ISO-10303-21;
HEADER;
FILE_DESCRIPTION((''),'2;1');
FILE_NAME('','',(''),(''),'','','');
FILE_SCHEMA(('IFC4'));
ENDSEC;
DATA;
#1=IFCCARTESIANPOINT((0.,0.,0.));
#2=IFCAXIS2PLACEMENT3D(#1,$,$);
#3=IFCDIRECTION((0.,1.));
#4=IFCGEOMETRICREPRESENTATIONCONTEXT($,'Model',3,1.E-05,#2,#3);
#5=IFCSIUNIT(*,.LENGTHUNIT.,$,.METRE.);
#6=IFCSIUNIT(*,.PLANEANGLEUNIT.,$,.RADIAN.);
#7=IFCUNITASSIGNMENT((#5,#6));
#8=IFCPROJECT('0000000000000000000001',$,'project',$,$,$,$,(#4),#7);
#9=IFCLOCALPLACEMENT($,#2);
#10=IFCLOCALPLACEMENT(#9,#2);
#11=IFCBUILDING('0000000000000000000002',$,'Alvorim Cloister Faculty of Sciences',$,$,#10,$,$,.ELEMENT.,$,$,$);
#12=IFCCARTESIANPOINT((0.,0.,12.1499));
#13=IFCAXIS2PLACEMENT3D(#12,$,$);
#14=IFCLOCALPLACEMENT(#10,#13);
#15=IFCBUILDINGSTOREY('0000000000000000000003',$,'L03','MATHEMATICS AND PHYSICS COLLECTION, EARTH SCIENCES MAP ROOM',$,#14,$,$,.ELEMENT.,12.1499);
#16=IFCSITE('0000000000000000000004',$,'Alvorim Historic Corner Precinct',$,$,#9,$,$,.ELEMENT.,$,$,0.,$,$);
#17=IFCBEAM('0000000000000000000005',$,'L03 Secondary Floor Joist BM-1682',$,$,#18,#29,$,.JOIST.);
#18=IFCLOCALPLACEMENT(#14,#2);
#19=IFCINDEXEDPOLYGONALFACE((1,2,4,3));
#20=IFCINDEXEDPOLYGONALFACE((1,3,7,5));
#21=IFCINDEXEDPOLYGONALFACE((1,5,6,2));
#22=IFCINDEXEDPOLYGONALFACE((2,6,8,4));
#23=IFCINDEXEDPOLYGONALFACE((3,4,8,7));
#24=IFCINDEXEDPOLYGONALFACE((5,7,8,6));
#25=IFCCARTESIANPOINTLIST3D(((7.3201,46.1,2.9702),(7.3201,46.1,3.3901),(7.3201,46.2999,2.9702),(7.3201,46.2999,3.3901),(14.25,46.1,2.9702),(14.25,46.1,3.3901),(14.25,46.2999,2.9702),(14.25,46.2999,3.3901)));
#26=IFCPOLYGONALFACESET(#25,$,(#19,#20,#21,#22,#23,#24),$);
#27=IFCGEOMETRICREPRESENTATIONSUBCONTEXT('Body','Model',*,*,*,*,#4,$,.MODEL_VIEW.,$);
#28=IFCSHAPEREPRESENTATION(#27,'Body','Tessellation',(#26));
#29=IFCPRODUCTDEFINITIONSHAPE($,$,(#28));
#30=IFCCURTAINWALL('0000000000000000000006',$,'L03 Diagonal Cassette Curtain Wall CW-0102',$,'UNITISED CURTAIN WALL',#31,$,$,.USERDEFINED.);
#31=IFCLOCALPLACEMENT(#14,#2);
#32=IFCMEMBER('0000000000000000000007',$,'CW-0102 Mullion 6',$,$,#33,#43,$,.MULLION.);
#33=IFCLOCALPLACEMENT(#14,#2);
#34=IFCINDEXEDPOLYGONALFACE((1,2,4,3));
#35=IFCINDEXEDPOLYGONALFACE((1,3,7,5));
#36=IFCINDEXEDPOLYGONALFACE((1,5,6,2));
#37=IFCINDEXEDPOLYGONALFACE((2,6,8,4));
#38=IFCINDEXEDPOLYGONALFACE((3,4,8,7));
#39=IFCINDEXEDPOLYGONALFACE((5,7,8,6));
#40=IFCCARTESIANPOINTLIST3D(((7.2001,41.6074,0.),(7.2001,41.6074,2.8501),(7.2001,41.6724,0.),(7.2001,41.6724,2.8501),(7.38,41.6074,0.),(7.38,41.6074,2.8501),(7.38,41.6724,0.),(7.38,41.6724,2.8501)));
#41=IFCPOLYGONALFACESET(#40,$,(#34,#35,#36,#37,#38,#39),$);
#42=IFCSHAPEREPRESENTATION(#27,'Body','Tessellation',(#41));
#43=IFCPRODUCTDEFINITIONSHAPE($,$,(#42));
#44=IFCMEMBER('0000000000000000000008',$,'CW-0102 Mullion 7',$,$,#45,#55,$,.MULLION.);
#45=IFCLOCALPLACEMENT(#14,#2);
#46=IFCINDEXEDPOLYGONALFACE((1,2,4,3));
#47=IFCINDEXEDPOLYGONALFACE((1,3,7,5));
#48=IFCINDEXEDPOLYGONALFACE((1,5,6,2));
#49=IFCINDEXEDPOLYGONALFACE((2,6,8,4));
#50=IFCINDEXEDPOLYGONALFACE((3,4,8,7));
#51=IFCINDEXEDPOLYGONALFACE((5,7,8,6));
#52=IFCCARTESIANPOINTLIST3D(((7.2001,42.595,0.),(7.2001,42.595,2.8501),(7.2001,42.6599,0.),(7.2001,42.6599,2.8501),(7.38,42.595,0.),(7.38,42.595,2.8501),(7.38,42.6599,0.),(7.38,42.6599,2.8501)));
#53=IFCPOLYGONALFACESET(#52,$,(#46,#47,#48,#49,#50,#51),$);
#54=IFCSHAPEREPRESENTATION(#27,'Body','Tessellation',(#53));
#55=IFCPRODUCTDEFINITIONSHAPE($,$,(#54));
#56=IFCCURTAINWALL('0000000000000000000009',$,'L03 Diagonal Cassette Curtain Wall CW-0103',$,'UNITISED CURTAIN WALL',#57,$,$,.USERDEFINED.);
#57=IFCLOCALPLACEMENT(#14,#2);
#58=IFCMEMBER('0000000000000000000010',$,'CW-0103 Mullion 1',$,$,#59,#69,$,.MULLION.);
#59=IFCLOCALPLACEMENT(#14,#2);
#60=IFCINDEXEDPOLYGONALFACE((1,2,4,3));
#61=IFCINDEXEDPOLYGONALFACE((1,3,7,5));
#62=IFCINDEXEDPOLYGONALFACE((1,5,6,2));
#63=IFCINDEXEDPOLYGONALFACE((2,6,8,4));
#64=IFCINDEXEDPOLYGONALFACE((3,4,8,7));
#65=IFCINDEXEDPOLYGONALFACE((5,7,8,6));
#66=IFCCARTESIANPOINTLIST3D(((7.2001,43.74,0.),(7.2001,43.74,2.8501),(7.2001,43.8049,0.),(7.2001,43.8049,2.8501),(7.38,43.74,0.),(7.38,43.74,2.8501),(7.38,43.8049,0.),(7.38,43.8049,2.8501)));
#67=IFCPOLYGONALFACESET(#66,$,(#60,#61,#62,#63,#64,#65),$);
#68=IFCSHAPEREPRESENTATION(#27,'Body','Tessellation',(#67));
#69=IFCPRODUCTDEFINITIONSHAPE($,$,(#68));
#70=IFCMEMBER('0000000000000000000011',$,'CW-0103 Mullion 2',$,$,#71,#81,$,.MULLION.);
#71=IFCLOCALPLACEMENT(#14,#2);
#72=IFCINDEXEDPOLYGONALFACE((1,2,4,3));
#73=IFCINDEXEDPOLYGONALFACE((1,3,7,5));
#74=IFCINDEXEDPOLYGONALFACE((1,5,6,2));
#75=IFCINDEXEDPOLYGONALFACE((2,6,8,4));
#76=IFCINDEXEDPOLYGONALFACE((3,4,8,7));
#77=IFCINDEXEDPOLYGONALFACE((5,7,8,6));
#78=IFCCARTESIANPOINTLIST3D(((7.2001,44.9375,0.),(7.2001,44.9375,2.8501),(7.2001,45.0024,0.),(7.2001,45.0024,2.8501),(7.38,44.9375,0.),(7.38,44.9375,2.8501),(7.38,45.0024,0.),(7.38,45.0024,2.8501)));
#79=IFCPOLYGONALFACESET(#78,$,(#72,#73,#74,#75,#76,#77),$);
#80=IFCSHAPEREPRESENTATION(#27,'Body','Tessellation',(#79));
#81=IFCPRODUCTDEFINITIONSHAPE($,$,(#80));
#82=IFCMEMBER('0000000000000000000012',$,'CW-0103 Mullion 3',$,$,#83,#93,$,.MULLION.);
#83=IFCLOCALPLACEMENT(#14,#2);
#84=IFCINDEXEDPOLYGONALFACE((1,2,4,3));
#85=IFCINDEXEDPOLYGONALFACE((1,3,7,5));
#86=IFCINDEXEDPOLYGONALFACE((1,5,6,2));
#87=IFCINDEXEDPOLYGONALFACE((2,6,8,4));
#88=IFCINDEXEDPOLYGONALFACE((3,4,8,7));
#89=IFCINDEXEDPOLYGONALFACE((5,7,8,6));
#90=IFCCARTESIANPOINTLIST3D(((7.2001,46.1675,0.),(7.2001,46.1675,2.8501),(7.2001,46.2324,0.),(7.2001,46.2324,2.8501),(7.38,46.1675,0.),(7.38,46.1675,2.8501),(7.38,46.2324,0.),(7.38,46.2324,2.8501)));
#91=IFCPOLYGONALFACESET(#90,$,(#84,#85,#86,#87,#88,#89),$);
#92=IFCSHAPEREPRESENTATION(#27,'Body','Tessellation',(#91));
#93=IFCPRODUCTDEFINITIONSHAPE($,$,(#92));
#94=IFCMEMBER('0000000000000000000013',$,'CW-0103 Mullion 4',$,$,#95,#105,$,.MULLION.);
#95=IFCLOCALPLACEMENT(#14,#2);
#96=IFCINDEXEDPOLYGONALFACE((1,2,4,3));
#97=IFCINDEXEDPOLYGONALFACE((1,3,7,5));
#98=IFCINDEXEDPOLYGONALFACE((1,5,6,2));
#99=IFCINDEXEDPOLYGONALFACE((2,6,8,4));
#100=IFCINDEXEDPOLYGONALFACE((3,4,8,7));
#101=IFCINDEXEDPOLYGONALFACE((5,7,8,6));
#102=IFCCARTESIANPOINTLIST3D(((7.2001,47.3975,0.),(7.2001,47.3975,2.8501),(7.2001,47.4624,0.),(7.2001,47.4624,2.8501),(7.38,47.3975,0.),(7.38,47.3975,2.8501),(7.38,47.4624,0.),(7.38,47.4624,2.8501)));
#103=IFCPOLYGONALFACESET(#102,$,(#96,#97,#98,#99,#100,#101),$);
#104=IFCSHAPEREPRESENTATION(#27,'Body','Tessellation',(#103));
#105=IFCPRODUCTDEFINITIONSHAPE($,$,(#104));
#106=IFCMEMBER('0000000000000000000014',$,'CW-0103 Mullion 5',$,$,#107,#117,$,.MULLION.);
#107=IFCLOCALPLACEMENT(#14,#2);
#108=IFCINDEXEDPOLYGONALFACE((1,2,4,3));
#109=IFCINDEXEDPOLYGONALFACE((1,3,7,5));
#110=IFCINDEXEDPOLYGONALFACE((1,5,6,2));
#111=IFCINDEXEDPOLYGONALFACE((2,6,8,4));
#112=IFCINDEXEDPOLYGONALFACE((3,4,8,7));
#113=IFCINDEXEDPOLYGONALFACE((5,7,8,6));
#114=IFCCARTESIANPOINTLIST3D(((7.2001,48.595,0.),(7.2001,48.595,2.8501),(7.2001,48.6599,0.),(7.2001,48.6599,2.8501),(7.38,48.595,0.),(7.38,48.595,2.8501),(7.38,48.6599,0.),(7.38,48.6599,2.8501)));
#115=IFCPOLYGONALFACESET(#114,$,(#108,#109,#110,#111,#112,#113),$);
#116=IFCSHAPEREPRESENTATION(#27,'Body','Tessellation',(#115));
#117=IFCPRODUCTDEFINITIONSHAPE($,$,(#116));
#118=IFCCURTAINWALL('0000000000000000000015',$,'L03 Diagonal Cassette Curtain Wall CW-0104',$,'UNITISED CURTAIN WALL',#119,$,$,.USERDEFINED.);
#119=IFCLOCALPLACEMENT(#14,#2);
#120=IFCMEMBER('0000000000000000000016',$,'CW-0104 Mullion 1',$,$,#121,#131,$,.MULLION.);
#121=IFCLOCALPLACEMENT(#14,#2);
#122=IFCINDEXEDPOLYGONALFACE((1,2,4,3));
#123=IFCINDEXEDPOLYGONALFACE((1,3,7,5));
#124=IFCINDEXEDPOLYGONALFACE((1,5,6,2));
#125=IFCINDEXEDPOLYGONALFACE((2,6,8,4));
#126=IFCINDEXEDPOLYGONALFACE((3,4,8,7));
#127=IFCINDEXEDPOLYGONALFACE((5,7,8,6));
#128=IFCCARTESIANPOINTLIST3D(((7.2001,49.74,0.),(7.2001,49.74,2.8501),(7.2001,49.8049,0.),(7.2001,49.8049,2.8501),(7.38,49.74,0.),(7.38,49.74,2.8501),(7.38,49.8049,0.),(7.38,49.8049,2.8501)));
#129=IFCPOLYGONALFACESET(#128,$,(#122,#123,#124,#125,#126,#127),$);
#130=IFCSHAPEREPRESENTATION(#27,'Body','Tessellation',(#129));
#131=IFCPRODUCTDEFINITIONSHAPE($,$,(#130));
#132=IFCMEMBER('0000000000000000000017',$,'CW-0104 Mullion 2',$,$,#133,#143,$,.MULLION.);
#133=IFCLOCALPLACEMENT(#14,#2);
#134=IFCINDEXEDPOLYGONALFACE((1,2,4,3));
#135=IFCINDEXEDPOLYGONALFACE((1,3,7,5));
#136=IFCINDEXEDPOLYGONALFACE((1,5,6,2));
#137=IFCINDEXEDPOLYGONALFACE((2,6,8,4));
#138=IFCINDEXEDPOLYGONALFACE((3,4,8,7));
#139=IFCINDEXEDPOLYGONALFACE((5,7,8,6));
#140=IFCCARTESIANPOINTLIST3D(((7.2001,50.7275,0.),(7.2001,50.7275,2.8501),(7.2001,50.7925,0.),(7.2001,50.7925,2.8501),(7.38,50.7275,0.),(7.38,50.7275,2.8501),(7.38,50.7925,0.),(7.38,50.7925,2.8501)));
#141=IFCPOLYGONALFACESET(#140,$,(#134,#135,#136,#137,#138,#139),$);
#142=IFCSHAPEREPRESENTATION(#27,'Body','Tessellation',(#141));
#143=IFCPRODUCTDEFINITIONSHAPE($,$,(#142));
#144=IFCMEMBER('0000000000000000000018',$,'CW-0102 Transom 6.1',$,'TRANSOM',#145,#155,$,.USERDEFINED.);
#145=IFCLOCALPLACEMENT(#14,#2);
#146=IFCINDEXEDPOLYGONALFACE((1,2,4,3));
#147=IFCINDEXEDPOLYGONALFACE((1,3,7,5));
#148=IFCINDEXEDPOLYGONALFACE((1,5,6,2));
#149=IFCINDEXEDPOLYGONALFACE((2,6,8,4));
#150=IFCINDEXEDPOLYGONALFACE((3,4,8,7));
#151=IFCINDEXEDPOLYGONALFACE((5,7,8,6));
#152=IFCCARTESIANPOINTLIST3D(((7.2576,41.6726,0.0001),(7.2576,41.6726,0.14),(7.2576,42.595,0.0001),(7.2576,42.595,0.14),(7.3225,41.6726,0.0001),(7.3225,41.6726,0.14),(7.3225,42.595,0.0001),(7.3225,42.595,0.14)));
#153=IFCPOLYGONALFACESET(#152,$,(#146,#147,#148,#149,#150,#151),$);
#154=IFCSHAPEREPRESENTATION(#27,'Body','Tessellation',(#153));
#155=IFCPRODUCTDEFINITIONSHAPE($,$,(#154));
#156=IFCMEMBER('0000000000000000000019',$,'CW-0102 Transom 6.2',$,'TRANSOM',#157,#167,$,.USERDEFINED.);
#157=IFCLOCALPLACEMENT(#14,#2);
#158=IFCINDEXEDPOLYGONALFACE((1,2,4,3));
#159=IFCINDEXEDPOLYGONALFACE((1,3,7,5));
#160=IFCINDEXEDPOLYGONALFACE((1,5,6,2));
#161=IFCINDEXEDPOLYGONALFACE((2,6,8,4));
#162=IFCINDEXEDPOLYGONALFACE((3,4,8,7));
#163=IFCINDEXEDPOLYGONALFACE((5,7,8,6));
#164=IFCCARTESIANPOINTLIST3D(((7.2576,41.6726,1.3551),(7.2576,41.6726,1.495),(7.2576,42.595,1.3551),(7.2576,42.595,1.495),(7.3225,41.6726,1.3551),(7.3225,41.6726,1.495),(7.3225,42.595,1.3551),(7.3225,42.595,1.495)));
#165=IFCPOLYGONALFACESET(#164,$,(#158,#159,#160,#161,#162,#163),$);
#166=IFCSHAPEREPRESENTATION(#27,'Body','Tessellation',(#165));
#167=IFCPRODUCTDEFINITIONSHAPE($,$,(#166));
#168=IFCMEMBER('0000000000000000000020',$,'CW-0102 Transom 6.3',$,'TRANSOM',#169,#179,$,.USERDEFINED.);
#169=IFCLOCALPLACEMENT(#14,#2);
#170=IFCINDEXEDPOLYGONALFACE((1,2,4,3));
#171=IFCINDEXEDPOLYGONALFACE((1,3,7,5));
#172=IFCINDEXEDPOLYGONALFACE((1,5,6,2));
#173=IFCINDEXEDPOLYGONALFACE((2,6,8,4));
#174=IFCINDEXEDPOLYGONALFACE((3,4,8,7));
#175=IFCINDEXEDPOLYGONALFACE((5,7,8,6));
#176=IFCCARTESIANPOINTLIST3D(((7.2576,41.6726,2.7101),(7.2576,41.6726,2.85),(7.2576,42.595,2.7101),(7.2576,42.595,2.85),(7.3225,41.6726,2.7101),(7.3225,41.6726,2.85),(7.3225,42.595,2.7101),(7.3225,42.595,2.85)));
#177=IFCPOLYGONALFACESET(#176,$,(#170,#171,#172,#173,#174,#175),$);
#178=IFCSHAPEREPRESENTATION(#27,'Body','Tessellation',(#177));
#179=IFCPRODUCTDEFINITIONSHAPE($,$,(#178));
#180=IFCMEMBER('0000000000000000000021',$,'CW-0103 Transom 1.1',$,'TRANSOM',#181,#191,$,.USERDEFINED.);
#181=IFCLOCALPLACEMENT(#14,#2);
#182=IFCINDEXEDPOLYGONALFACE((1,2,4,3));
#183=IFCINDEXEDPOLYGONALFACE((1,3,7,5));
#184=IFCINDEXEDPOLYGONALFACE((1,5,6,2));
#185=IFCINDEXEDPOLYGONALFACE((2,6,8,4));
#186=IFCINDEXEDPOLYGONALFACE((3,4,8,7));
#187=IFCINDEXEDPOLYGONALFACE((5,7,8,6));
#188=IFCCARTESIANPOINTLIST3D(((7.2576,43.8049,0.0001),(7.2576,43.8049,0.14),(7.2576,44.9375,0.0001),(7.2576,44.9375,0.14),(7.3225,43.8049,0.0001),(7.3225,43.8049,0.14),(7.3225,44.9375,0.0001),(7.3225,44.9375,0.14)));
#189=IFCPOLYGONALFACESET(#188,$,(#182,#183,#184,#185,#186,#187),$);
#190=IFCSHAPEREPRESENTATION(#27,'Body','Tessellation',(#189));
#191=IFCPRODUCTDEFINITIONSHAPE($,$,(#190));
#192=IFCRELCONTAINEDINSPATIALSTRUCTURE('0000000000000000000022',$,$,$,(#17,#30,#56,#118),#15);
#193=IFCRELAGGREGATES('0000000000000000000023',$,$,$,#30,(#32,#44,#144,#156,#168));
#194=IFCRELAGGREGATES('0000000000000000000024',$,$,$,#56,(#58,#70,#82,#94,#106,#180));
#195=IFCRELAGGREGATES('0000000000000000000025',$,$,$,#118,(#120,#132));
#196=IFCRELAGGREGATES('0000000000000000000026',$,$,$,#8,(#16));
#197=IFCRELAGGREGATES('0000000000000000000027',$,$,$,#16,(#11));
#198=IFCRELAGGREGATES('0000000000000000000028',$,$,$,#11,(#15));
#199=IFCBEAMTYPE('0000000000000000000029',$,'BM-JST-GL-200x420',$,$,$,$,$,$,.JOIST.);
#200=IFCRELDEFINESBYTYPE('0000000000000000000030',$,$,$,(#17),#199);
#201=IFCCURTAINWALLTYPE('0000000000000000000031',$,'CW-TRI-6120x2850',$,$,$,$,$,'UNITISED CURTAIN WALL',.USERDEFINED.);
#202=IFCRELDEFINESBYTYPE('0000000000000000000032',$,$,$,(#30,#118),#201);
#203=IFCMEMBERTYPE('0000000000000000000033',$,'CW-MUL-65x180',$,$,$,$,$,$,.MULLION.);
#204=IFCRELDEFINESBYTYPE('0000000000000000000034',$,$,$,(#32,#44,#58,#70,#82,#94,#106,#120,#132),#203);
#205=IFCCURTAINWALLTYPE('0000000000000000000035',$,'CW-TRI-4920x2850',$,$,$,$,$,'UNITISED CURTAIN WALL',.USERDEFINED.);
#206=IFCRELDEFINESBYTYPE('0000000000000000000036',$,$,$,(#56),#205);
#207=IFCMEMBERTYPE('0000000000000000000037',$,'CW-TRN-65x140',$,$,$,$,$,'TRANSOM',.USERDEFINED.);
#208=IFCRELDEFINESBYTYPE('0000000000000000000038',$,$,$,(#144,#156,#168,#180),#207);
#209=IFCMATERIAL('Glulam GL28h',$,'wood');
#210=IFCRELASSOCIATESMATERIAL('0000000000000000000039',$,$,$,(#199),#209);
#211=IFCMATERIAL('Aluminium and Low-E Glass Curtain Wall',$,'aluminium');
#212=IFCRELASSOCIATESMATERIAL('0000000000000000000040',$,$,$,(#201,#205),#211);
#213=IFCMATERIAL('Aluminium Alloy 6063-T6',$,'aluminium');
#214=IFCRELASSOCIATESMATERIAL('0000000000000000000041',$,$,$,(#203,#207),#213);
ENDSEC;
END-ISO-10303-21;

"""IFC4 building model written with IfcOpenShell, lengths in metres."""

from ifc_helpers import new_model, si_unit, direction, frame, origin, origin_2d, place, context, subcontext, project, spatial, rectangle, extrude, material, material_profile, profile_set, type_object, element, aggregate, save


model = new_model("IFC4")

# Units and contexts
model_context = context("Model", 3, precision=1e-05, world=origin(), true_north=direction((0.0, 1.0)))
body_context = subcontext(model_context, "Body", "Model", "MODEL_VIEW")
ifc_project = project(units=[si_unit("LENGTHUNIT", "METRE"), si_unit("PLANEANGLEUNIT", "RADIAN")], contexts=[model_context])

# Site, building, storey
site_placement = place(None, origin())
site = spatial("IfcSite", under=ifc_project, at=site_placement, Name="Alvorim Historic Corner Precinct", CompositionType="ELEMENT", RefElevation=0.0)
building_placement = place(site_placement, origin())
building = spatial("IfcBuilding", under=site, at=building_placement, Name="Alvorim Cloister Faculty of Sciences", CompositionType="ELEMENT")
storey_placement = place(building_placement, frame((0.0, 0.0, 12.1499)))
storey = spatial("IfcBuildingStorey", under=building, at=storey_placement, Name="L03", Description="MATHEMATICS AND PHYSICS COLLECTION, EARTH SCIENCES MAP ROOM", CompositionType="ELEMENT", Elevation=12.1499)

# Beam
ifc_material_1 = material(Name="Glulam GL28h", Category="wood")
ifc_material_profile_1 = material_profile(ifc_material_1, rectangle(XDim=0.2, YDim=0.4199, at=origin_2d()), Name="GL28-JST-200x420")
ifc_profile_set_1 = profile_set([ifc_material_profile_1], Name="Glulam GL28h")
beam_type = type_object("IfcBeamType", Name="BM-JST-GL-200x420", PredefinedType="JOIST", material=ifc_profile_set_1)
beam_placement = place(storey_placement, frame((7.3201, 46.2, 3.1802), z_axis=(1.0, 0.0, 0.0), x_axis=(0.0, 1.0, 0.0)))
element("IfcBeam", 1, at=beam_placement, inside=storey, type_object=beam_type, Name="L03 Secondary Floor Joist BM-1682", PredefinedType="JOIST", context=body_context, shape_type="SweptSolid", body=[
    extrude(rectangle(XDim=0.2, YDim=0.4199, at=origin_2d()), origin(), (0.0, 0.0, 1.0), 6.9299),
])

# Curtain walls, members
ifc_material_2 = material(Name="Aluminium and Low-E Glass Curtain Wall", Category="aluminium")
curtain_wall_type_1 = type_object("IfcCurtainWallType", Name="CW-TRI-6120x2850", ElementType="UNITISED CURTAIN WALL", PredefinedType="USERDEFINED", material=ifc_material_2)
curtain_wall_1_placement = place(storey_placement, origin())
curtain_wall_1 = element("IfcCurtainWall", 2, at=curtain_wall_1_placement, inside=storey, type_object=curtain_wall_type_1, Name="L03 Diagonal Cassette Curtain Wall CW-0102", ObjectType="UNITISED CURTAIN WALL", PredefinedType="USERDEFINED")
ifc_material_3 = material(Name="Aluminium Alloy 6063-T6", Category="aluminium")
ifc_material_profile_2 = material_profile(ifc_material_3, rectangle(XDim=0.0649, YDim=0.1799, at=origin_2d()), Name="ALU-MUL-65x180")
ifc_profile_set_2 = profile_set([ifc_material_profile_2], Name="Aluminium Alloy 6063-T6")
member_type_1 = type_object("IfcMemberType", Name="CW-MUL-65x180", PredefinedType="MULLION", material=ifc_profile_set_2)
member_1_placement = place(storey_placement, frame((7.29, 41.6399, 0.0), z_axis=(0.0, 0.0, 1.0), x_axis=(0.0, 1.0, 0.0)))
member_1 = element("IfcMember", 3, at=member_1_placement, type_object=member_type_1, Name="CW-0102 Mullion 6", PredefinedType="MULLION", context=body_context, shape_type="SweptSolid", body=[
    extrude(rectangle(XDim=0.0649, YDim=0.1799, at=origin_2d()), origin(), (0.0, 0.0, 1.0), 2.8501),
])
member_2_placement = place(storey_placement, frame((7.29, 42.6274, 0.0), z_axis=(0.0, 0.0, 1.0), x_axis=(0.0, 1.0, 0.0)))
member_2 = element("IfcMember", 4, at=member_2_placement, type_object=member_type_1, Name="CW-0102 Mullion 7", PredefinedType="MULLION", context=body_context, shape_type="SweptSolid", body=[
    extrude(rectangle(XDim=0.0649, YDim=0.1799, at=origin_2d()), origin(), (0.0, 0.0, 1.0), 2.8501),
])
curtain_wall_type_2 = type_object("IfcCurtainWallType", Name="CW-TRI-4920x2850", ElementType="UNITISED CURTAIN WALL", PredefinedType="USERDEFINED", material=ifc_material_2)
curtain_wall_2_placement = place(storey_placement, origin())
curtain_wall_2 = element("IfcCurtainWall", 5, at=curtain_wall_2_placement, inside=storey, type_object=curtain_wall_type_2, Name="L03 Diagonal Cassette Curtain Wall CW-0103", ObjectType="UNITISED CURTAIN WALL", PredefinedType="USERDEFINED")
member_3_placement = place(storey_placement, frame((7.29, 43.7725, 0.0), z_axis=(0.0, 0.0, 1.0), x_axis=(0.0, 1.0, 0.0)))
member_3 = element("IfcMember", 6, at=member_3_placement, type_object=member_type_1, Name="CW-0103 Mullion 1", PredefinedType="MULLION", context=body_context, shape_type="SweptSolid", body=[
    extrude(rectangle(XDim=0.0649, YDim=0.1799, at=origin_2d()), origin(), (0.0, 0.0, 1.0), 2.8501),
])
member_4_placement = place(storey_placement, frame((7.29, 44.97, 0.0), z_axis=(0.0, 0.0, 1.0), x_axis=(0.0, 1.0, 0.0)))
member_4 = element("IfcMember", 7, at=member_4_placement, type_object=member_type_1, Name="CW-0103 Mullion 2", PredefinedType="MULLION", context=body_context, shape_type="SweptSolid", body=[
    extrude(rectangle(XDim=0.0649, YDim=0.1799, at=origin_2d()), origin(), (0.0, 0.0, 1.0), 2.8501),
])
member_5_placement = place(storey_placement, frame((7.29, 46.2, 0.0), z_axis=(0.0, 0.0, 1.0), x_axis=(0.0, 1.0, 0.0)))
member_5 = element("IfcMember", 8, at=member_5_placement, type_object=member_type_1, Name="CW-0103 Mullion 3", PredefinedType="MULLION", context=body_context, shape_type="SweptSolid", body=[
    extrude(rectangle(XDim=0.0649, YDim=0.1799, at=origin_2d()), origin(), (0.0, 0.0, 1.0), 2.8501),
])
member_6_placement = place(storey_placement, frame((7.29, 47.4299, 0.0), z_axis=(0.0, 0.0, 1.0), x_axis=(0.0, 1.0, 0.0)))
member_6 = element("IfcMember", 9, at=member_6_placement, type_object=member_type_1, Name="CW-0103 Mullion 4", PredefinedType="MULLION", context=body_context, shape_type="SweptSolid", body=[
    extrude(rectangle(XDim=0.0649, YDim=0.1799, at=origin_2d()), origin(), (0.0, 0.0, 1.0), 2.8501),
])
member_7_placement = place(storey_placement, frame((7.29, 48.6274, 0.0), z_axis=(0.0, 0.0, 1.0), x_axis=(0.0, 1.0, 0.0)))
member_7 = element("IfcMember", 10, at=member_7_placement, type_object=member_type_1, Name="CW-0103 Mullion 5", PredefinedType="MULLION", context=body_context, shape_type="SweptSolid", body=[
    extrude(rectangle(XDim=0.0649, YDim=0.1799, at=origin_2d()), origin(), (0.0, 0.0, 1.0), 2.8501),
])
curtain_wall_3_placement = place(storey_placement, origin())
curtain_wall_3 = element("IfcCurtainWall", 11, at=curtain_wall_3_placement, inside=storey, type_object=curtain_wall_type_1, Name="L03 Diagonal Cassette Curtain Wall CW-0104", ObjectType="UNITISED CURTAIN WALL", PredefinedType="USERDEFINED")
member_8_placement = place(storey_placement, frame((7.29, 49.7725, 0.0), z_axis=(0.0, 0.0, 1.0), x_axis=(0.0, 1.0, 0.0)))
member_8 = element("IfcMember", 12, at=member_8_placement, type_object=member_type_1, Name="CW-0104 Mullion 1", PredefinedType="MULLION", context=body_context, shape_type="SweptSolid", body=[
    extrude(rectangle(XDim=0.0649, YDim=0.1799, at=origin_2d()), origin(), (0.0, 0.0, 1.0), 2.8501),
])
member_9_placement = place(storey_placement, frame((7.29, 50.76, 0.0), z_axis=(0.0, 0.0, 1.0), x_axis=(0.0, 1.0, 0.0)))
member_9 = element("IfcMember", 13, at=member_9_placement, type_object=member_type_1, Name="CW-0104 Mullion 2", PredefinedType="MULLION", context=body_context, shape_type="SweptSolid", body=[
    extrude(rectangle(XDim=0.0649, YDim=0.1799, at=origin_2d()), origin(), (0.0, 0.0, 1.0), 2.8501),
])

# Members
ifc_material_profile_3 = material_profile(ifc_material_3, rectangle(XDim=0.0649, YDim=0.1399, at=origin_2d()), Name="ALU-TRN-65x140")
ifc_profile_set_3 = profile_set([ifc_material_profile_3], Name="Aluminium Alloy 6063-T6")
member_type_2 = type_object("IfcMemberType", Name="CW-TRN-65x140", ElementType="TRANSOM", PredefinedType="USERDEFINED", material=ifc_profile_set_3)
member_10_placement = place(storey_placement, frame((7.29, 41.6726, 0.0701), z_axis=(0.0, 1.0, 0.0), x_axis=(-1.0, 0.0, 0.0)))
member_10 = element("IfcMember", 14, at=member_10_placement, type_object=member_type_2, Name="CW-0102 Transom 6.1", ObjectType="TRANSOM", PredefinedType="USERDEFINED", context=body_context, shape_type="SweptSolid", body=[
    extrude(rectangle(XDim=0.0649, YDim=0.1399, at=origin_2d()), origin(), (0.0, 0.0, 1.0), 0.9224),
])
member_11_placement = place(storey_placement, frame((7.29, 41.6726, 1.425), z_axis=(0.0, 1.0, 0.0), x_axis=(-1.0, 0.0, 0.0)))
member_11 = element("IfcMember", 15, at=member_11_placement, type_object=member_type_2, Name="CW-0102 Transom 6.2", ObjectType="TRANSOM", PredefinedType="USERDEFINED", context=body_context, shape_type="SweptSolid", body=[
    extrude(rectangle(XDim=0.0649, YDim=0.1399, at=origin_2d()), origin(), (0.0, 0.0, 1.0), 0.9224),
])
member_12_placement = place(storey_placement, frame((7.29, 41.6726, 2.78), z_axis=(0.0, 1.0, 0.0), x_axis=(-1.0, 0.0, 0.0)))
member_12 = element("IfcMember", 16, at=member_12_placement, type_object=member_type_2, Name="CW-0102 Transom 6.3", ObjectType="TRANSOM", PredefinedType="USERDEFINED", context=body_context, shape_type="SweptSolid", body=[
    extrude(rectangle(XDim=0.0649, YDim=0.1399, at=origin_2d()), origin(), (0.0, 0.0, 1.0), 0.9224),
])
aggregate(curtain_wall_1, [member_1, member_2, member_10, member_11, member_12])
member_13_placement = place(storey_placement, frame((7.29, 43.8049, 0.0701), z_axis=(0.0, 1.0, 0.0), x_axis=(-1.0, 0.0, 0.0)))
member_13 = element("IfcMember", 17, at=member_13_placement, type_object=member_type_2, Name="CW-0103 Transom 1.1", ObjectType="TRANSOM", PredefinedType="USERDEFINED", context=body_context, shape_type="SweptSolid", body=[
    extrude(rectangle(XDim=0.0649, YDim=0.1399, at=origin_2d()), origin(), (0.0, 0.0, 1.0), 1.1326),
])
aggregate(curtain_wall_2, [member_3, member_4, member_5, member_6, member_7, member_13])
aggregate(curtain_wall_3, [member_8, member_9])

save(model, "model.ifc")
